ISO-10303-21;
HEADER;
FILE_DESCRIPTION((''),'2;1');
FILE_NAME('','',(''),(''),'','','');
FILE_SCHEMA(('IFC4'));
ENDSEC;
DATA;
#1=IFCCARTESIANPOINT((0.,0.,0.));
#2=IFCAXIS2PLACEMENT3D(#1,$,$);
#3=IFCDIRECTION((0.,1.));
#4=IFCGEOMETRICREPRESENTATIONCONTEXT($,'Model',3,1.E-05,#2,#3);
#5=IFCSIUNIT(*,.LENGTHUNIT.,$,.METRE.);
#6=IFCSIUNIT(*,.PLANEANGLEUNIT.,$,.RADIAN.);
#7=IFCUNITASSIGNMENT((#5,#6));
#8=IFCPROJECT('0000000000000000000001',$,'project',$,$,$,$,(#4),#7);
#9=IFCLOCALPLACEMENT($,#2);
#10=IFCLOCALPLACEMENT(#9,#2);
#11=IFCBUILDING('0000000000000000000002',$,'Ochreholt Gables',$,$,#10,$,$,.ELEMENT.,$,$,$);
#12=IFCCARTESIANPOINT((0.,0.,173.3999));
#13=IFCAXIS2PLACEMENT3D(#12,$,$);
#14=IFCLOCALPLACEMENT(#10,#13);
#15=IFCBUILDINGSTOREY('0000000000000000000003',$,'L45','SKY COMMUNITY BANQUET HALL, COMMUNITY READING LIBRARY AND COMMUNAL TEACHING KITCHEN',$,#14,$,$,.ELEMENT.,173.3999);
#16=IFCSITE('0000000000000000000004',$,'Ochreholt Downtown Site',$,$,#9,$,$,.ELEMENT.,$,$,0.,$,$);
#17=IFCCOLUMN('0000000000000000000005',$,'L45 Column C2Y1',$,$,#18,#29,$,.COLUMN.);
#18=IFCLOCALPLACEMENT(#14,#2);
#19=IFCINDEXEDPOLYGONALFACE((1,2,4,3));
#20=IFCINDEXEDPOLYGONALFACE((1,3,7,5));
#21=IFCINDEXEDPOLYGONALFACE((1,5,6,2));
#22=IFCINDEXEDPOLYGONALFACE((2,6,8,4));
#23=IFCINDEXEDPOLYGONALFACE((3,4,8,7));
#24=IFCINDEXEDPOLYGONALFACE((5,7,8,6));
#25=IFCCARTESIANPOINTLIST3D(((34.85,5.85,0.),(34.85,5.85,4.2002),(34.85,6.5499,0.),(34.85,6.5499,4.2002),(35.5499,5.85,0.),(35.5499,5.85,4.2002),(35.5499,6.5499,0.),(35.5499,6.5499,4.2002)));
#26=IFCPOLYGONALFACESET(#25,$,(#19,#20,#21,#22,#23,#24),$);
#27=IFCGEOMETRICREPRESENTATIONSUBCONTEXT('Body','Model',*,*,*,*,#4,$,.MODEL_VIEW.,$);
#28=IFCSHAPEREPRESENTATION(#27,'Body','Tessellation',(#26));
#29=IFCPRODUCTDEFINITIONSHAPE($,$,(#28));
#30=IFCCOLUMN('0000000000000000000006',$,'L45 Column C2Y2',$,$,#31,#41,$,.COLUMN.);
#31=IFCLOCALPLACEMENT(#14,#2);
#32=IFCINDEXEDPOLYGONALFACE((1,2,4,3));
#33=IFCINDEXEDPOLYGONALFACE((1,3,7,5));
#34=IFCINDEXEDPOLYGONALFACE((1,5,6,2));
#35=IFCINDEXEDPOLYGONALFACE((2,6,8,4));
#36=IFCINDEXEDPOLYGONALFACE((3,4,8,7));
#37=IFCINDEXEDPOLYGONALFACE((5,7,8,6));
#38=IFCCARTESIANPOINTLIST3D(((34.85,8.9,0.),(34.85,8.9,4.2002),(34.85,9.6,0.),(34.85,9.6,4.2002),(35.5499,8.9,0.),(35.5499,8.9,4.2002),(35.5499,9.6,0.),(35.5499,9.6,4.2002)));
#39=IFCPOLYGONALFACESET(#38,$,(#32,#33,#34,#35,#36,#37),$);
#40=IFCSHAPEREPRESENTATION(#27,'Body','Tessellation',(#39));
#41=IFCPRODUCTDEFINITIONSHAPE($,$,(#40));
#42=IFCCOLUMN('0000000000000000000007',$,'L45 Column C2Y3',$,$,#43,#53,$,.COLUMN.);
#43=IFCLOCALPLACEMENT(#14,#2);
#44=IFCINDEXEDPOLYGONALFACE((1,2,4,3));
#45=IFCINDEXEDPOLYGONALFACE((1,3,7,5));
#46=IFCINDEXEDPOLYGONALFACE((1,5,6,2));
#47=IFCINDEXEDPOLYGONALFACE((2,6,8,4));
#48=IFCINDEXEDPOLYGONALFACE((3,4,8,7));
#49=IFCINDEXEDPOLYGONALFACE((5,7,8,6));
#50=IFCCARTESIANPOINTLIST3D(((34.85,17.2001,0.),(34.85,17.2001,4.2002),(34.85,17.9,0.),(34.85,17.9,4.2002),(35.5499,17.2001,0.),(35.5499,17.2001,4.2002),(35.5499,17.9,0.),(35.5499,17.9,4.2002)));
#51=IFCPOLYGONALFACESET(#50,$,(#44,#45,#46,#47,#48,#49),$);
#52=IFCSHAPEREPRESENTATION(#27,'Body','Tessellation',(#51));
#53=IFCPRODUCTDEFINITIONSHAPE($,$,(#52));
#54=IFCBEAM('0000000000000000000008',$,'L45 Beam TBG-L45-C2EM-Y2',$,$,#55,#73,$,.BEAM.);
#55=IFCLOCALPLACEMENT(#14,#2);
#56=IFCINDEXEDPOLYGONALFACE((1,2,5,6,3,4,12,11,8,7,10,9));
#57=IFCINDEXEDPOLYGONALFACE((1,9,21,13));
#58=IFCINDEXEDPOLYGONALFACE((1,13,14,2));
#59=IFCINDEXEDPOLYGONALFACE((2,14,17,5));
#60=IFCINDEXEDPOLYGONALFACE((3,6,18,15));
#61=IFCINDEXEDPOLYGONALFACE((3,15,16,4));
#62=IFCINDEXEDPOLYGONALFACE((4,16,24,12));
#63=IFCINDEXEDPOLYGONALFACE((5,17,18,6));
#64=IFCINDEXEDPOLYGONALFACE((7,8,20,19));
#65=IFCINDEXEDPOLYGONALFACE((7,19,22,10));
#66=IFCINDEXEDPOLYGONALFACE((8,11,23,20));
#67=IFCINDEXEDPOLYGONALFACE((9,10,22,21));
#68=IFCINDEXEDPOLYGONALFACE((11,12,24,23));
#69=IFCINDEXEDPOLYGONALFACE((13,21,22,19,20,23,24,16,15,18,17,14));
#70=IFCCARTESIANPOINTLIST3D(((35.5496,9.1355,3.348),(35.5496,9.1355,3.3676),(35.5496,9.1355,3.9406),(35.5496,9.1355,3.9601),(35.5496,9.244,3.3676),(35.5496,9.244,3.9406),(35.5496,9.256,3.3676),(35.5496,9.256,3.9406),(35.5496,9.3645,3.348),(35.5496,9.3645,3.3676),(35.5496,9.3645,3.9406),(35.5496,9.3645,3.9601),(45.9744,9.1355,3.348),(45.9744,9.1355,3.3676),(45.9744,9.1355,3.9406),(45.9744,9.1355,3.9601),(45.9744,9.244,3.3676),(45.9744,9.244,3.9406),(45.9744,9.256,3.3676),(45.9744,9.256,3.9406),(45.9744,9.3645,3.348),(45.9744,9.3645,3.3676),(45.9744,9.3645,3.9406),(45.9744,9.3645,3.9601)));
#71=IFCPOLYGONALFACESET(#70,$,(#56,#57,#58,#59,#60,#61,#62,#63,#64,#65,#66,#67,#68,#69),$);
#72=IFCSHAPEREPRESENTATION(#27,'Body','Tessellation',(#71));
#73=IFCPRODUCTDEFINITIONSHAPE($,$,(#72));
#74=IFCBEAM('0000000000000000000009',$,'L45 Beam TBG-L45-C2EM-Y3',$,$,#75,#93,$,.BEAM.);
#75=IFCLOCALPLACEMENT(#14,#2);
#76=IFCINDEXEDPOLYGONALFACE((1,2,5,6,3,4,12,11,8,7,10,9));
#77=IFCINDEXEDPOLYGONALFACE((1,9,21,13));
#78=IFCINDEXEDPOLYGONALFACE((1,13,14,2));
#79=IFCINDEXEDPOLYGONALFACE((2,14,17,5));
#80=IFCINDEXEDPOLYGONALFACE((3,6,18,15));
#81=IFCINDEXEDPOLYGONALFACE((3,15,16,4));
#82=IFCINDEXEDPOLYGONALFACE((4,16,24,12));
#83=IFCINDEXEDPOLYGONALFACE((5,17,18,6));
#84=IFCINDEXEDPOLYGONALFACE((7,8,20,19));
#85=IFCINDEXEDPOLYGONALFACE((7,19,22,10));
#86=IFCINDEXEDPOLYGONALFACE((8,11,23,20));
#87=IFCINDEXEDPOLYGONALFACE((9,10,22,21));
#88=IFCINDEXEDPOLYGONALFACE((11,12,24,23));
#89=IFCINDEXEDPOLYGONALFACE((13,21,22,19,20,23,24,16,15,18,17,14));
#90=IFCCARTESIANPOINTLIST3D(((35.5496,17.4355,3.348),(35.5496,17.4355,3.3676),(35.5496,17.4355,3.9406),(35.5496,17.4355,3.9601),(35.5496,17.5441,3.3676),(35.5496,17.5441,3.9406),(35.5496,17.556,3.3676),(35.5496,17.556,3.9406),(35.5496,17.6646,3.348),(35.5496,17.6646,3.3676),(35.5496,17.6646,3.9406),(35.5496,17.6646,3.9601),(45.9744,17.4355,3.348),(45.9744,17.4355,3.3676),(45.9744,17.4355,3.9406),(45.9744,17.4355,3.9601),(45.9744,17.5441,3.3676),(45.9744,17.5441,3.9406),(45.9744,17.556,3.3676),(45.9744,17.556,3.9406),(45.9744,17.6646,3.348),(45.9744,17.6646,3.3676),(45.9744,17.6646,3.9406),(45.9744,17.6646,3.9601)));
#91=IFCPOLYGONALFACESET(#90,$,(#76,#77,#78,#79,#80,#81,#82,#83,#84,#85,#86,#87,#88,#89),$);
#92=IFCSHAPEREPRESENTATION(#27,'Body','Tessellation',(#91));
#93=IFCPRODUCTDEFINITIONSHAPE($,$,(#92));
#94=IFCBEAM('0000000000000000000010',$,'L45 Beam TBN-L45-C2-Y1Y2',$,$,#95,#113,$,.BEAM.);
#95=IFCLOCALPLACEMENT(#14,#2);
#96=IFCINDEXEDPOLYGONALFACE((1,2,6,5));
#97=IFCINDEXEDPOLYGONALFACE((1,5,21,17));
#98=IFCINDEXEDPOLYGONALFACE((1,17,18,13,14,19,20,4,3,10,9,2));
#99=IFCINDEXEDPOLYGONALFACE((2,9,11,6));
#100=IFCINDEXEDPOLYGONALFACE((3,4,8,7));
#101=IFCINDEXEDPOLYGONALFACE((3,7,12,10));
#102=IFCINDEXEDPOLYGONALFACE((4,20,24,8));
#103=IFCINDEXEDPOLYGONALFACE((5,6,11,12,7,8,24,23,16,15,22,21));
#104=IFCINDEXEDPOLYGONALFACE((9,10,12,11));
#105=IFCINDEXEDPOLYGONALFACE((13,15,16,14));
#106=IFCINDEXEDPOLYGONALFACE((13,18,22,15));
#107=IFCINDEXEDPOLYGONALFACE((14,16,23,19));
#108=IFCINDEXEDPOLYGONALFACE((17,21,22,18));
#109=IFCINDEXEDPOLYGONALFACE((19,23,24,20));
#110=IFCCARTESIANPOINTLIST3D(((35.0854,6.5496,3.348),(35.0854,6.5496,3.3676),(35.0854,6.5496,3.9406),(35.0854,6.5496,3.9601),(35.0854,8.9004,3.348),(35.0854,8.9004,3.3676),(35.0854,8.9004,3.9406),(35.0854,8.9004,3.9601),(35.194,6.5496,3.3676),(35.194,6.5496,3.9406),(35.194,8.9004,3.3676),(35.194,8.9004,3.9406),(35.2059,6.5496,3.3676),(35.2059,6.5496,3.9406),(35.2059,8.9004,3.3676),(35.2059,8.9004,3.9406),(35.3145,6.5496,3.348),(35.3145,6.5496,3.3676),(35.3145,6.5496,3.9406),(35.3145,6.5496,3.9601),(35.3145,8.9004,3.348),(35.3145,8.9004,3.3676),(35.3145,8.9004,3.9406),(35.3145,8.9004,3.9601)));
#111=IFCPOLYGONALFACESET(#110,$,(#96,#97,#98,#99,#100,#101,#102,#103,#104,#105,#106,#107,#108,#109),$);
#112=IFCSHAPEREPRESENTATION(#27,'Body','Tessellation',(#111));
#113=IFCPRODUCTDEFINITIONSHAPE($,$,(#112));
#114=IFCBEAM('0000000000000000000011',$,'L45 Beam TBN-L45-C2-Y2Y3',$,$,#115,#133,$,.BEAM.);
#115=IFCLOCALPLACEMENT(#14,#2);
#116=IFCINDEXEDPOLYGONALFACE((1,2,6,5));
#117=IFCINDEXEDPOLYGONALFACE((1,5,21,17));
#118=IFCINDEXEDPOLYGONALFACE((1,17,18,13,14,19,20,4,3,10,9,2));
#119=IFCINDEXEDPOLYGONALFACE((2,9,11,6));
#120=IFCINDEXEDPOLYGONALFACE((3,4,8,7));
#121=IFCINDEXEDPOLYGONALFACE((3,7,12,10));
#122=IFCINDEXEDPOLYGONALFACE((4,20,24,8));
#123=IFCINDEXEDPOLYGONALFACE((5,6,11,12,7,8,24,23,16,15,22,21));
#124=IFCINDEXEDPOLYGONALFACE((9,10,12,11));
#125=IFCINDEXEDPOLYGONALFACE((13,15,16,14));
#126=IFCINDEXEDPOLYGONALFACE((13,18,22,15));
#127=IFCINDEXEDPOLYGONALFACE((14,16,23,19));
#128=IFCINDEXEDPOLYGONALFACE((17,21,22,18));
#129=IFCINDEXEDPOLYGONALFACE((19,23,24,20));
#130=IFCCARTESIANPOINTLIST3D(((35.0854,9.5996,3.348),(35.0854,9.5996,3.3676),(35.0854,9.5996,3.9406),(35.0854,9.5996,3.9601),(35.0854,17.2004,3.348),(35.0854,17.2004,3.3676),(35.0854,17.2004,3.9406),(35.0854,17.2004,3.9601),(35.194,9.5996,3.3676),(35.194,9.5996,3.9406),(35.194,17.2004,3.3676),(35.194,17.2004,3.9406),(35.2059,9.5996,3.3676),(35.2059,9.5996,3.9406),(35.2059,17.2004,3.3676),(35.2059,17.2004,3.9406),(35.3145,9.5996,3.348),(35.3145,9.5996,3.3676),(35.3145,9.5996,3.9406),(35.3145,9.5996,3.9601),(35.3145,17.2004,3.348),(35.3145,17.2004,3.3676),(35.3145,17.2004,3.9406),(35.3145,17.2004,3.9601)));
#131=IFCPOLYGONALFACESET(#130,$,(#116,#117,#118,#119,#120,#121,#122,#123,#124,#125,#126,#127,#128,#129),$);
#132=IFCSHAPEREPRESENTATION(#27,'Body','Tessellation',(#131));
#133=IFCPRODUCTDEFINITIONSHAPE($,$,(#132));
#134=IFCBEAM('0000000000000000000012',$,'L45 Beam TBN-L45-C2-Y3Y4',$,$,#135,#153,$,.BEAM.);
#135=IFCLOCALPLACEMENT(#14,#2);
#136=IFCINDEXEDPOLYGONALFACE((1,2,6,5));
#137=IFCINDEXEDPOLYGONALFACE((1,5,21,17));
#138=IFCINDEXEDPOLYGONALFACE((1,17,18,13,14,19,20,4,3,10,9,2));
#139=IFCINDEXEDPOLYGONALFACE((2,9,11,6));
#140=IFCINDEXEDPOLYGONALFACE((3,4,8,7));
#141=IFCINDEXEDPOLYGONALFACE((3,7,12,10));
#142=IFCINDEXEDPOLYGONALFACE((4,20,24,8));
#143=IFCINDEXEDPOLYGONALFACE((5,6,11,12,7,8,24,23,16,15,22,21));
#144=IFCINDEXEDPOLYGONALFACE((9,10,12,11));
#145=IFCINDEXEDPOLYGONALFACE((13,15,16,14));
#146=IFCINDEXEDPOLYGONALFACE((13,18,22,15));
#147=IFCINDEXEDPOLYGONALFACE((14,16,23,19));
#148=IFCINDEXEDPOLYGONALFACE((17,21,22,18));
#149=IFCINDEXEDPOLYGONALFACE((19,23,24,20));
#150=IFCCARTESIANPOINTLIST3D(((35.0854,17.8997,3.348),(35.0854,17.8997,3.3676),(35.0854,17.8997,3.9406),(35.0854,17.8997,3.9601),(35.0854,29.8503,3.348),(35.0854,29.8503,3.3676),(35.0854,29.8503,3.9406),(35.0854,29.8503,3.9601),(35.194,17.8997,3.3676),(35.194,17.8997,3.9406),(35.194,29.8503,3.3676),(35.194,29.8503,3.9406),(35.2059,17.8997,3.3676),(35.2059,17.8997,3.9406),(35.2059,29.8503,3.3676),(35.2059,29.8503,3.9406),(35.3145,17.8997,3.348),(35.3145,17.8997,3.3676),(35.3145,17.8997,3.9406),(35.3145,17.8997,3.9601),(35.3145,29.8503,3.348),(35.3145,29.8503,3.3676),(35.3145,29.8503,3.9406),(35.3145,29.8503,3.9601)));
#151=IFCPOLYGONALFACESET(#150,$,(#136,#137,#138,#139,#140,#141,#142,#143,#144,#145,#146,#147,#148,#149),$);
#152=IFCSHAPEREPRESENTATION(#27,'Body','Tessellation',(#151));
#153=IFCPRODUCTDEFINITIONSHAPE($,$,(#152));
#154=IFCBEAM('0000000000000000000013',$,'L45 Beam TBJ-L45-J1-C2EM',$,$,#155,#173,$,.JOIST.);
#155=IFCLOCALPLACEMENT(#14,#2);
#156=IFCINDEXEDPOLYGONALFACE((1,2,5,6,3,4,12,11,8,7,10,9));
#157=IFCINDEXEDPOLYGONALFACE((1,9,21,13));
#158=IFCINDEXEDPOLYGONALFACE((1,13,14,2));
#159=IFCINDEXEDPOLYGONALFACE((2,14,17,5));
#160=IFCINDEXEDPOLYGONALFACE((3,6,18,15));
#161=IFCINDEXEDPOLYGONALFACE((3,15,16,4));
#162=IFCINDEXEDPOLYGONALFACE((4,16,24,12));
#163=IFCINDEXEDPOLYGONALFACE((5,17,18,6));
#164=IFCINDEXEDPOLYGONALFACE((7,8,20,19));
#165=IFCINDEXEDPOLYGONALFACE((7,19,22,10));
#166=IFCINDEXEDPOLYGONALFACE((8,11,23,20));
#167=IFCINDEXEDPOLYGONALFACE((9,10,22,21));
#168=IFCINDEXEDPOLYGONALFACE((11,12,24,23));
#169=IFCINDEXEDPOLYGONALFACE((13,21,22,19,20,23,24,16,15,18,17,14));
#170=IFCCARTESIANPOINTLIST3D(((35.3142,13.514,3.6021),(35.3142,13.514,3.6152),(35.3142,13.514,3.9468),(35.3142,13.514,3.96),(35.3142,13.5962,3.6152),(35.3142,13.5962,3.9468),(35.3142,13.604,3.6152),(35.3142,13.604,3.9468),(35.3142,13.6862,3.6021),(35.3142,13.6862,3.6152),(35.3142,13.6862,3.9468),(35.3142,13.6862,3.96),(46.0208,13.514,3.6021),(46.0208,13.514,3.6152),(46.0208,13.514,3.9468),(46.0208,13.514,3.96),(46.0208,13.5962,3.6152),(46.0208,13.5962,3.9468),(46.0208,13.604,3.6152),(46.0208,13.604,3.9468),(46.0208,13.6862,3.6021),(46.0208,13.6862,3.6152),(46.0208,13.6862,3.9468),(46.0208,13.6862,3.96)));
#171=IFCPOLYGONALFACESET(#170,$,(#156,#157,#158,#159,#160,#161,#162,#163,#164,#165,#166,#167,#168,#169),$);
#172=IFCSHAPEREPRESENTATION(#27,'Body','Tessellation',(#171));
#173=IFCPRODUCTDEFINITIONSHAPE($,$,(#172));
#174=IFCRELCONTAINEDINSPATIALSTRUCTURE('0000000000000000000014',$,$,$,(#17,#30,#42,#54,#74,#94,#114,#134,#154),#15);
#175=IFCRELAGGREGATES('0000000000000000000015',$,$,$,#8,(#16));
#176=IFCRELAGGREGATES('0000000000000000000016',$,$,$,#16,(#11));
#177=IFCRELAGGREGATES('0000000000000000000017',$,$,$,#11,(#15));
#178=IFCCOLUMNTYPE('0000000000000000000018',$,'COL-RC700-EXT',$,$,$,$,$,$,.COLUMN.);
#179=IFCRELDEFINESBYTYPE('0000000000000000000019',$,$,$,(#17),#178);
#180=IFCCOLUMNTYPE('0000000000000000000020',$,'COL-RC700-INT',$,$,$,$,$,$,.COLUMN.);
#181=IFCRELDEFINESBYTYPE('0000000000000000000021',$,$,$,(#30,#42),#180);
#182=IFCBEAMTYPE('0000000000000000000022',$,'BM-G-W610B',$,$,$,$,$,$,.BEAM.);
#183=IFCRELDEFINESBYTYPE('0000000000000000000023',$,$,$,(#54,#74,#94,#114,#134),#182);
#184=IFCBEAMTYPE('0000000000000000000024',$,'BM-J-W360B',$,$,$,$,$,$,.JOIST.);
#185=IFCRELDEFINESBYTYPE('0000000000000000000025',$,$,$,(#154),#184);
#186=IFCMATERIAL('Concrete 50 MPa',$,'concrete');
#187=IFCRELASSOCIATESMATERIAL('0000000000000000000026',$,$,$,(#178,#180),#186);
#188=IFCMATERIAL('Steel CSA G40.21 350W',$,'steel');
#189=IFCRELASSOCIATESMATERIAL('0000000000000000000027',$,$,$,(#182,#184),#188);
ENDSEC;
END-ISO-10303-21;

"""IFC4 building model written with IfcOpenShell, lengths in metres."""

from ifc_helpers import new_model, si_unit, direction, frame, origin, origin_2d, place, context, subcontext, project, spatial, rectangle, i_section, extrude, material, material_profile, profile_set, type_object, element, save


model = new_model("IFC4")

# Units and contexts
model_context = context("Model", 3, precision=1e-05, world=origin(), true_north=direction((0.0, 1.0)))
body_context = subcontext(model_context, "Body", "Model", "MODEL_VIEW")
ifc_project = project(units=[si_unit("LENGTHUNIT", "METRE"), si_unit("PLANEANGLEUNIT", "RADIAN")], contexts=[model_context])

# Site, building, storey
site_placement = place(None, origin())
site = spatial("IfcSite", under=ifc_project, at=site_placement, Name="Ochreholt Downtown Site", CompositionType="ELEMENT", RefElevation=0.0)
building_placement = place(site_placement, origin())
building = spatial("IfcBuilding", under=site, at=building_placement, Name="Ochreholt Gables", CompositionType="ELEMENT")
storey_placement = place(building_placement, frame((0.0, 0.0, 173.3999)))
storey = spatial("IfcBuildingStorey", under=building, at=storey_placement, Name="L45", Description="SKY COMMUNITY BANQUET HALL, COMMUNITY READING LIBRARY AND COMMUNAL TEACHING KITCHEN", CompositionType="ELEMENT", Elevation=173.3999)

# Columns
ifc_material_1 = material(Name="Concrete 50 MPa", Category="concrete")
ifc_material_profile_1 = material_profile(ifc_material_1, rectangle(XDim=0.7, YDim=0.7, at=origin_2d()), Name="RC700X700")
ifc_profile_set_1 = profile_set([ifc_material_profile_1], Name="Concrete 50 MPa")
column_type_1 = type_object("IfcColumnType", Name="COL-RC700-EXT", PredefinedType="COLUMN", material=ifc_profile_set_1)
column_placement = place(storey_placement, frame((35.2, 6.2, 0.0), z_axis=(0.0, 0.0, 1.0), x_axis=(1.0, 0.0, 0.0)))
element("IfcColumn", 1, at=column_placement, inside=storey, type_object=column_type_1, Name="L45 Column C2Y1", PredefinedType="COLUMN", context=body_context, shape_type="SweptSolid", body=[
    extrude(rectangle(XDim=0.7, YDim=0.7, at=origin_2d()), origin(), (0.0, 0.0, 1.0), 4.2002),
])
ifc_material_profile_2 = material_profile(ifc_material_1, rectangle(XDim=0.7, YDim=0.7, at=origin_2d()), Name="RC700X700")
ifc_profile_set_2 = profile_set([ifc_material_profile_2], Name="Concrete 50 MPa")
column_type_2 = type_object("IfcColumnType", Name="COL-RC700-INT", PredefinedType="COLUMN", material=ifc_profile_set_2)
for number, where, z_axis, x_axis, name in (
    (2, (35.2, 9.25, 0.0), (0.0, 0.0, 1.0), (1.0, 0.0, 0.0), "L45 Column C2Y2"),
    (3, (35.2, 17.55, 0.0), (0.0, 0.0, 1.0), (1.0, 0.0, 0.0), "L45 Column C2Y3"),
):
    element("IfcColumn", number, at=place(storey_placement, frame(where, z_axis=z_axis, x_axis=x_axis)), inside=storey, type_object=column_type_2, Name=name, PredefinedType="COLUMN", context=body_context, shape_type="SweptSolid", body=[
        extrude(rectangle(XDim=0.7, YDim=0.7, at=origin_2d()), origin(), (0.0, 0.0, 1.0), 4.2002),
    ])

# Beams
ifc_material_2 = material(Name="Steel CSA G40.21 350W", Category="steel")
ifc_material_profile_3 = material_profile(ifc_material_2, i_section(OverallWidth=0.229, OverallDepth=0.6121, WebThickness=0.012, FlangeThickness=0.0195, at=origin_2d()), Name="W610X125")
ifc_profile_set_3 = profile_set([ifc_material_profile_3], Name="Steel CSA G40.21 350W")
beam_type_1 = type_object("IfcBeamType", Name="BM-G-W610B", PredefinedType="BEAM", material=ifc_profile_set_3)
for number, where, z_axis, x_axis, name in (
    (4, (35.5496, 9.25, 3.6541), (1.0, 0.0, 0.0), (0.0, 1.0, 0.0), "L45 Beam TBG-L45-C2EM-Y2"),
    (5, (35.5496, 17.55, 3.6541), (1.0, 0.0, 0.0), (0.0, 1.0, 0.0), "L45 Beam TBG-L45-C2EM-Y3"),
):
    element("IfcBeam", number, at=place(storey_placement, frame(where, z_axis=z_axis, x_axis=x_axis)), inside=storey, type_object=beam_type_1, Name=name, PredefinedType="BEAM", context=body_context, shape_type="SweptSolid", body=[
        extrude(i_section(OverallWidth=0.229, OverallDepth=0.6121, WebThickness=0.012, FlangeThickness=0.0195, at=origin_2d()), origin(), (0.0, 0.0, 1.0), 10.4248),
    ])
beam_1_placement = place(storey_placement, frame((35.2, 6.5496, 3.6541), z_axis=(0.0, 1.0, 0.0), x_axis=(-1.0, 0.0, 0.0)))
element("IfcBeam", 6, at=beam_1_placement, inside=storey, type_object=beam_type_1, Name="L45 Beam TBN-L45-C2-Y1Y2", PredefinedType="BEAM", context=body_context, shape_type="SweptSolid", body=[
    extrude(i_section(OverallWidth=0.229, OverallDepth=0.6121, WebThickness=0.012, FlangeThickness=0.0195, at=origin_2d()), origin(), (0.0, 0.0, 1.0), 2.3508),
])
beam_2_placement = place(storey_placement, frame((35.2, 9.5996, 3.6541), z_axis=(0.0, 1.0, 0.0), x_axis=(-1.0, 0.0, 0.0)))
element("IfcBeam", 7, at=beam_2_placement, inside=storey, type_object=beam_type_1, Name="L45 Beam TBN-L45-C2-Y2Y3", PredefinedType="BEAM", context=body_context, shape_type="SweptSolid", body=[
    extrude(i_section(OverallWidth=0.229, OverallDepth=0.6121, WebThickness=0.012, FlangeThickness=0.0195, at=origin_2d()), origin(), (0.0, 0.0, 1.0), 7.6008),
])
beam_3_placement = place(storey_placement, frame((35.2, 17.8997, 3.6541), z_axis=(0.0, 1.0, 0.0), x_axis=(-1.0, 0.0, 0.0)))
element("IfcBeam", 8, at=beam_3_placement, inside=storey, type_object=beam_type_1, Name="L45 Beam TBN-L45-C2-Y3Y4", PredefinedType="BEAM", context=body_context, shape_type="SweptSolid", body=[
    extrude(i_section(OverallWidth=0.229, OverallDepth=0.6121, WebThickness=0.012, FlangeThickness=0.0195, at=origin_2d()), origin(), (0.0, 0.0, 1.0), 11.9507),
])
ifc_material_profile_4 = material_profile(ifc_material_2, i_section(OverallWidth=0.1721, OverallDepth=0.3579, WebThickness=0.0078, FlangeThickness=0.0132, at=origin_2d()), Name="W360X57")
ifc_profile_set_4 = profile_set([ifc_material_profile_4], Name="Steel CSA G40.21 350W")
beam_type_2 = type_object("IfcBeamType", Name="BM-J-W360B", PredefinedType="JOIST", material=ifc_profile_set_4)
beam_4_placement = place(storey_placement, frame((35.3142, 13.6001, 3.781), z_axis=(1.0, 0.0, 0.0), x_axis=(0.0, 1.0, 0.0)))
element("IfcBeam", 9, at=beam_4_placement, inside=storey, type_object=beam_type_2, Name="L45 Beam TBJ-L45-J1-C2EM", PredefinedType="JOIST", context=body_context, shape_type="SweptSolid", body=[
    extrude(i_section(OverallWidth=0.1721, OverallDepth=0.3579, WebThickness=0.0078, FlangeThickness=0.0132, at=origin_2d()), origin(), (0.0, 0.0, 1.0), 10.7065),
])

save(model, "model.ifc")
